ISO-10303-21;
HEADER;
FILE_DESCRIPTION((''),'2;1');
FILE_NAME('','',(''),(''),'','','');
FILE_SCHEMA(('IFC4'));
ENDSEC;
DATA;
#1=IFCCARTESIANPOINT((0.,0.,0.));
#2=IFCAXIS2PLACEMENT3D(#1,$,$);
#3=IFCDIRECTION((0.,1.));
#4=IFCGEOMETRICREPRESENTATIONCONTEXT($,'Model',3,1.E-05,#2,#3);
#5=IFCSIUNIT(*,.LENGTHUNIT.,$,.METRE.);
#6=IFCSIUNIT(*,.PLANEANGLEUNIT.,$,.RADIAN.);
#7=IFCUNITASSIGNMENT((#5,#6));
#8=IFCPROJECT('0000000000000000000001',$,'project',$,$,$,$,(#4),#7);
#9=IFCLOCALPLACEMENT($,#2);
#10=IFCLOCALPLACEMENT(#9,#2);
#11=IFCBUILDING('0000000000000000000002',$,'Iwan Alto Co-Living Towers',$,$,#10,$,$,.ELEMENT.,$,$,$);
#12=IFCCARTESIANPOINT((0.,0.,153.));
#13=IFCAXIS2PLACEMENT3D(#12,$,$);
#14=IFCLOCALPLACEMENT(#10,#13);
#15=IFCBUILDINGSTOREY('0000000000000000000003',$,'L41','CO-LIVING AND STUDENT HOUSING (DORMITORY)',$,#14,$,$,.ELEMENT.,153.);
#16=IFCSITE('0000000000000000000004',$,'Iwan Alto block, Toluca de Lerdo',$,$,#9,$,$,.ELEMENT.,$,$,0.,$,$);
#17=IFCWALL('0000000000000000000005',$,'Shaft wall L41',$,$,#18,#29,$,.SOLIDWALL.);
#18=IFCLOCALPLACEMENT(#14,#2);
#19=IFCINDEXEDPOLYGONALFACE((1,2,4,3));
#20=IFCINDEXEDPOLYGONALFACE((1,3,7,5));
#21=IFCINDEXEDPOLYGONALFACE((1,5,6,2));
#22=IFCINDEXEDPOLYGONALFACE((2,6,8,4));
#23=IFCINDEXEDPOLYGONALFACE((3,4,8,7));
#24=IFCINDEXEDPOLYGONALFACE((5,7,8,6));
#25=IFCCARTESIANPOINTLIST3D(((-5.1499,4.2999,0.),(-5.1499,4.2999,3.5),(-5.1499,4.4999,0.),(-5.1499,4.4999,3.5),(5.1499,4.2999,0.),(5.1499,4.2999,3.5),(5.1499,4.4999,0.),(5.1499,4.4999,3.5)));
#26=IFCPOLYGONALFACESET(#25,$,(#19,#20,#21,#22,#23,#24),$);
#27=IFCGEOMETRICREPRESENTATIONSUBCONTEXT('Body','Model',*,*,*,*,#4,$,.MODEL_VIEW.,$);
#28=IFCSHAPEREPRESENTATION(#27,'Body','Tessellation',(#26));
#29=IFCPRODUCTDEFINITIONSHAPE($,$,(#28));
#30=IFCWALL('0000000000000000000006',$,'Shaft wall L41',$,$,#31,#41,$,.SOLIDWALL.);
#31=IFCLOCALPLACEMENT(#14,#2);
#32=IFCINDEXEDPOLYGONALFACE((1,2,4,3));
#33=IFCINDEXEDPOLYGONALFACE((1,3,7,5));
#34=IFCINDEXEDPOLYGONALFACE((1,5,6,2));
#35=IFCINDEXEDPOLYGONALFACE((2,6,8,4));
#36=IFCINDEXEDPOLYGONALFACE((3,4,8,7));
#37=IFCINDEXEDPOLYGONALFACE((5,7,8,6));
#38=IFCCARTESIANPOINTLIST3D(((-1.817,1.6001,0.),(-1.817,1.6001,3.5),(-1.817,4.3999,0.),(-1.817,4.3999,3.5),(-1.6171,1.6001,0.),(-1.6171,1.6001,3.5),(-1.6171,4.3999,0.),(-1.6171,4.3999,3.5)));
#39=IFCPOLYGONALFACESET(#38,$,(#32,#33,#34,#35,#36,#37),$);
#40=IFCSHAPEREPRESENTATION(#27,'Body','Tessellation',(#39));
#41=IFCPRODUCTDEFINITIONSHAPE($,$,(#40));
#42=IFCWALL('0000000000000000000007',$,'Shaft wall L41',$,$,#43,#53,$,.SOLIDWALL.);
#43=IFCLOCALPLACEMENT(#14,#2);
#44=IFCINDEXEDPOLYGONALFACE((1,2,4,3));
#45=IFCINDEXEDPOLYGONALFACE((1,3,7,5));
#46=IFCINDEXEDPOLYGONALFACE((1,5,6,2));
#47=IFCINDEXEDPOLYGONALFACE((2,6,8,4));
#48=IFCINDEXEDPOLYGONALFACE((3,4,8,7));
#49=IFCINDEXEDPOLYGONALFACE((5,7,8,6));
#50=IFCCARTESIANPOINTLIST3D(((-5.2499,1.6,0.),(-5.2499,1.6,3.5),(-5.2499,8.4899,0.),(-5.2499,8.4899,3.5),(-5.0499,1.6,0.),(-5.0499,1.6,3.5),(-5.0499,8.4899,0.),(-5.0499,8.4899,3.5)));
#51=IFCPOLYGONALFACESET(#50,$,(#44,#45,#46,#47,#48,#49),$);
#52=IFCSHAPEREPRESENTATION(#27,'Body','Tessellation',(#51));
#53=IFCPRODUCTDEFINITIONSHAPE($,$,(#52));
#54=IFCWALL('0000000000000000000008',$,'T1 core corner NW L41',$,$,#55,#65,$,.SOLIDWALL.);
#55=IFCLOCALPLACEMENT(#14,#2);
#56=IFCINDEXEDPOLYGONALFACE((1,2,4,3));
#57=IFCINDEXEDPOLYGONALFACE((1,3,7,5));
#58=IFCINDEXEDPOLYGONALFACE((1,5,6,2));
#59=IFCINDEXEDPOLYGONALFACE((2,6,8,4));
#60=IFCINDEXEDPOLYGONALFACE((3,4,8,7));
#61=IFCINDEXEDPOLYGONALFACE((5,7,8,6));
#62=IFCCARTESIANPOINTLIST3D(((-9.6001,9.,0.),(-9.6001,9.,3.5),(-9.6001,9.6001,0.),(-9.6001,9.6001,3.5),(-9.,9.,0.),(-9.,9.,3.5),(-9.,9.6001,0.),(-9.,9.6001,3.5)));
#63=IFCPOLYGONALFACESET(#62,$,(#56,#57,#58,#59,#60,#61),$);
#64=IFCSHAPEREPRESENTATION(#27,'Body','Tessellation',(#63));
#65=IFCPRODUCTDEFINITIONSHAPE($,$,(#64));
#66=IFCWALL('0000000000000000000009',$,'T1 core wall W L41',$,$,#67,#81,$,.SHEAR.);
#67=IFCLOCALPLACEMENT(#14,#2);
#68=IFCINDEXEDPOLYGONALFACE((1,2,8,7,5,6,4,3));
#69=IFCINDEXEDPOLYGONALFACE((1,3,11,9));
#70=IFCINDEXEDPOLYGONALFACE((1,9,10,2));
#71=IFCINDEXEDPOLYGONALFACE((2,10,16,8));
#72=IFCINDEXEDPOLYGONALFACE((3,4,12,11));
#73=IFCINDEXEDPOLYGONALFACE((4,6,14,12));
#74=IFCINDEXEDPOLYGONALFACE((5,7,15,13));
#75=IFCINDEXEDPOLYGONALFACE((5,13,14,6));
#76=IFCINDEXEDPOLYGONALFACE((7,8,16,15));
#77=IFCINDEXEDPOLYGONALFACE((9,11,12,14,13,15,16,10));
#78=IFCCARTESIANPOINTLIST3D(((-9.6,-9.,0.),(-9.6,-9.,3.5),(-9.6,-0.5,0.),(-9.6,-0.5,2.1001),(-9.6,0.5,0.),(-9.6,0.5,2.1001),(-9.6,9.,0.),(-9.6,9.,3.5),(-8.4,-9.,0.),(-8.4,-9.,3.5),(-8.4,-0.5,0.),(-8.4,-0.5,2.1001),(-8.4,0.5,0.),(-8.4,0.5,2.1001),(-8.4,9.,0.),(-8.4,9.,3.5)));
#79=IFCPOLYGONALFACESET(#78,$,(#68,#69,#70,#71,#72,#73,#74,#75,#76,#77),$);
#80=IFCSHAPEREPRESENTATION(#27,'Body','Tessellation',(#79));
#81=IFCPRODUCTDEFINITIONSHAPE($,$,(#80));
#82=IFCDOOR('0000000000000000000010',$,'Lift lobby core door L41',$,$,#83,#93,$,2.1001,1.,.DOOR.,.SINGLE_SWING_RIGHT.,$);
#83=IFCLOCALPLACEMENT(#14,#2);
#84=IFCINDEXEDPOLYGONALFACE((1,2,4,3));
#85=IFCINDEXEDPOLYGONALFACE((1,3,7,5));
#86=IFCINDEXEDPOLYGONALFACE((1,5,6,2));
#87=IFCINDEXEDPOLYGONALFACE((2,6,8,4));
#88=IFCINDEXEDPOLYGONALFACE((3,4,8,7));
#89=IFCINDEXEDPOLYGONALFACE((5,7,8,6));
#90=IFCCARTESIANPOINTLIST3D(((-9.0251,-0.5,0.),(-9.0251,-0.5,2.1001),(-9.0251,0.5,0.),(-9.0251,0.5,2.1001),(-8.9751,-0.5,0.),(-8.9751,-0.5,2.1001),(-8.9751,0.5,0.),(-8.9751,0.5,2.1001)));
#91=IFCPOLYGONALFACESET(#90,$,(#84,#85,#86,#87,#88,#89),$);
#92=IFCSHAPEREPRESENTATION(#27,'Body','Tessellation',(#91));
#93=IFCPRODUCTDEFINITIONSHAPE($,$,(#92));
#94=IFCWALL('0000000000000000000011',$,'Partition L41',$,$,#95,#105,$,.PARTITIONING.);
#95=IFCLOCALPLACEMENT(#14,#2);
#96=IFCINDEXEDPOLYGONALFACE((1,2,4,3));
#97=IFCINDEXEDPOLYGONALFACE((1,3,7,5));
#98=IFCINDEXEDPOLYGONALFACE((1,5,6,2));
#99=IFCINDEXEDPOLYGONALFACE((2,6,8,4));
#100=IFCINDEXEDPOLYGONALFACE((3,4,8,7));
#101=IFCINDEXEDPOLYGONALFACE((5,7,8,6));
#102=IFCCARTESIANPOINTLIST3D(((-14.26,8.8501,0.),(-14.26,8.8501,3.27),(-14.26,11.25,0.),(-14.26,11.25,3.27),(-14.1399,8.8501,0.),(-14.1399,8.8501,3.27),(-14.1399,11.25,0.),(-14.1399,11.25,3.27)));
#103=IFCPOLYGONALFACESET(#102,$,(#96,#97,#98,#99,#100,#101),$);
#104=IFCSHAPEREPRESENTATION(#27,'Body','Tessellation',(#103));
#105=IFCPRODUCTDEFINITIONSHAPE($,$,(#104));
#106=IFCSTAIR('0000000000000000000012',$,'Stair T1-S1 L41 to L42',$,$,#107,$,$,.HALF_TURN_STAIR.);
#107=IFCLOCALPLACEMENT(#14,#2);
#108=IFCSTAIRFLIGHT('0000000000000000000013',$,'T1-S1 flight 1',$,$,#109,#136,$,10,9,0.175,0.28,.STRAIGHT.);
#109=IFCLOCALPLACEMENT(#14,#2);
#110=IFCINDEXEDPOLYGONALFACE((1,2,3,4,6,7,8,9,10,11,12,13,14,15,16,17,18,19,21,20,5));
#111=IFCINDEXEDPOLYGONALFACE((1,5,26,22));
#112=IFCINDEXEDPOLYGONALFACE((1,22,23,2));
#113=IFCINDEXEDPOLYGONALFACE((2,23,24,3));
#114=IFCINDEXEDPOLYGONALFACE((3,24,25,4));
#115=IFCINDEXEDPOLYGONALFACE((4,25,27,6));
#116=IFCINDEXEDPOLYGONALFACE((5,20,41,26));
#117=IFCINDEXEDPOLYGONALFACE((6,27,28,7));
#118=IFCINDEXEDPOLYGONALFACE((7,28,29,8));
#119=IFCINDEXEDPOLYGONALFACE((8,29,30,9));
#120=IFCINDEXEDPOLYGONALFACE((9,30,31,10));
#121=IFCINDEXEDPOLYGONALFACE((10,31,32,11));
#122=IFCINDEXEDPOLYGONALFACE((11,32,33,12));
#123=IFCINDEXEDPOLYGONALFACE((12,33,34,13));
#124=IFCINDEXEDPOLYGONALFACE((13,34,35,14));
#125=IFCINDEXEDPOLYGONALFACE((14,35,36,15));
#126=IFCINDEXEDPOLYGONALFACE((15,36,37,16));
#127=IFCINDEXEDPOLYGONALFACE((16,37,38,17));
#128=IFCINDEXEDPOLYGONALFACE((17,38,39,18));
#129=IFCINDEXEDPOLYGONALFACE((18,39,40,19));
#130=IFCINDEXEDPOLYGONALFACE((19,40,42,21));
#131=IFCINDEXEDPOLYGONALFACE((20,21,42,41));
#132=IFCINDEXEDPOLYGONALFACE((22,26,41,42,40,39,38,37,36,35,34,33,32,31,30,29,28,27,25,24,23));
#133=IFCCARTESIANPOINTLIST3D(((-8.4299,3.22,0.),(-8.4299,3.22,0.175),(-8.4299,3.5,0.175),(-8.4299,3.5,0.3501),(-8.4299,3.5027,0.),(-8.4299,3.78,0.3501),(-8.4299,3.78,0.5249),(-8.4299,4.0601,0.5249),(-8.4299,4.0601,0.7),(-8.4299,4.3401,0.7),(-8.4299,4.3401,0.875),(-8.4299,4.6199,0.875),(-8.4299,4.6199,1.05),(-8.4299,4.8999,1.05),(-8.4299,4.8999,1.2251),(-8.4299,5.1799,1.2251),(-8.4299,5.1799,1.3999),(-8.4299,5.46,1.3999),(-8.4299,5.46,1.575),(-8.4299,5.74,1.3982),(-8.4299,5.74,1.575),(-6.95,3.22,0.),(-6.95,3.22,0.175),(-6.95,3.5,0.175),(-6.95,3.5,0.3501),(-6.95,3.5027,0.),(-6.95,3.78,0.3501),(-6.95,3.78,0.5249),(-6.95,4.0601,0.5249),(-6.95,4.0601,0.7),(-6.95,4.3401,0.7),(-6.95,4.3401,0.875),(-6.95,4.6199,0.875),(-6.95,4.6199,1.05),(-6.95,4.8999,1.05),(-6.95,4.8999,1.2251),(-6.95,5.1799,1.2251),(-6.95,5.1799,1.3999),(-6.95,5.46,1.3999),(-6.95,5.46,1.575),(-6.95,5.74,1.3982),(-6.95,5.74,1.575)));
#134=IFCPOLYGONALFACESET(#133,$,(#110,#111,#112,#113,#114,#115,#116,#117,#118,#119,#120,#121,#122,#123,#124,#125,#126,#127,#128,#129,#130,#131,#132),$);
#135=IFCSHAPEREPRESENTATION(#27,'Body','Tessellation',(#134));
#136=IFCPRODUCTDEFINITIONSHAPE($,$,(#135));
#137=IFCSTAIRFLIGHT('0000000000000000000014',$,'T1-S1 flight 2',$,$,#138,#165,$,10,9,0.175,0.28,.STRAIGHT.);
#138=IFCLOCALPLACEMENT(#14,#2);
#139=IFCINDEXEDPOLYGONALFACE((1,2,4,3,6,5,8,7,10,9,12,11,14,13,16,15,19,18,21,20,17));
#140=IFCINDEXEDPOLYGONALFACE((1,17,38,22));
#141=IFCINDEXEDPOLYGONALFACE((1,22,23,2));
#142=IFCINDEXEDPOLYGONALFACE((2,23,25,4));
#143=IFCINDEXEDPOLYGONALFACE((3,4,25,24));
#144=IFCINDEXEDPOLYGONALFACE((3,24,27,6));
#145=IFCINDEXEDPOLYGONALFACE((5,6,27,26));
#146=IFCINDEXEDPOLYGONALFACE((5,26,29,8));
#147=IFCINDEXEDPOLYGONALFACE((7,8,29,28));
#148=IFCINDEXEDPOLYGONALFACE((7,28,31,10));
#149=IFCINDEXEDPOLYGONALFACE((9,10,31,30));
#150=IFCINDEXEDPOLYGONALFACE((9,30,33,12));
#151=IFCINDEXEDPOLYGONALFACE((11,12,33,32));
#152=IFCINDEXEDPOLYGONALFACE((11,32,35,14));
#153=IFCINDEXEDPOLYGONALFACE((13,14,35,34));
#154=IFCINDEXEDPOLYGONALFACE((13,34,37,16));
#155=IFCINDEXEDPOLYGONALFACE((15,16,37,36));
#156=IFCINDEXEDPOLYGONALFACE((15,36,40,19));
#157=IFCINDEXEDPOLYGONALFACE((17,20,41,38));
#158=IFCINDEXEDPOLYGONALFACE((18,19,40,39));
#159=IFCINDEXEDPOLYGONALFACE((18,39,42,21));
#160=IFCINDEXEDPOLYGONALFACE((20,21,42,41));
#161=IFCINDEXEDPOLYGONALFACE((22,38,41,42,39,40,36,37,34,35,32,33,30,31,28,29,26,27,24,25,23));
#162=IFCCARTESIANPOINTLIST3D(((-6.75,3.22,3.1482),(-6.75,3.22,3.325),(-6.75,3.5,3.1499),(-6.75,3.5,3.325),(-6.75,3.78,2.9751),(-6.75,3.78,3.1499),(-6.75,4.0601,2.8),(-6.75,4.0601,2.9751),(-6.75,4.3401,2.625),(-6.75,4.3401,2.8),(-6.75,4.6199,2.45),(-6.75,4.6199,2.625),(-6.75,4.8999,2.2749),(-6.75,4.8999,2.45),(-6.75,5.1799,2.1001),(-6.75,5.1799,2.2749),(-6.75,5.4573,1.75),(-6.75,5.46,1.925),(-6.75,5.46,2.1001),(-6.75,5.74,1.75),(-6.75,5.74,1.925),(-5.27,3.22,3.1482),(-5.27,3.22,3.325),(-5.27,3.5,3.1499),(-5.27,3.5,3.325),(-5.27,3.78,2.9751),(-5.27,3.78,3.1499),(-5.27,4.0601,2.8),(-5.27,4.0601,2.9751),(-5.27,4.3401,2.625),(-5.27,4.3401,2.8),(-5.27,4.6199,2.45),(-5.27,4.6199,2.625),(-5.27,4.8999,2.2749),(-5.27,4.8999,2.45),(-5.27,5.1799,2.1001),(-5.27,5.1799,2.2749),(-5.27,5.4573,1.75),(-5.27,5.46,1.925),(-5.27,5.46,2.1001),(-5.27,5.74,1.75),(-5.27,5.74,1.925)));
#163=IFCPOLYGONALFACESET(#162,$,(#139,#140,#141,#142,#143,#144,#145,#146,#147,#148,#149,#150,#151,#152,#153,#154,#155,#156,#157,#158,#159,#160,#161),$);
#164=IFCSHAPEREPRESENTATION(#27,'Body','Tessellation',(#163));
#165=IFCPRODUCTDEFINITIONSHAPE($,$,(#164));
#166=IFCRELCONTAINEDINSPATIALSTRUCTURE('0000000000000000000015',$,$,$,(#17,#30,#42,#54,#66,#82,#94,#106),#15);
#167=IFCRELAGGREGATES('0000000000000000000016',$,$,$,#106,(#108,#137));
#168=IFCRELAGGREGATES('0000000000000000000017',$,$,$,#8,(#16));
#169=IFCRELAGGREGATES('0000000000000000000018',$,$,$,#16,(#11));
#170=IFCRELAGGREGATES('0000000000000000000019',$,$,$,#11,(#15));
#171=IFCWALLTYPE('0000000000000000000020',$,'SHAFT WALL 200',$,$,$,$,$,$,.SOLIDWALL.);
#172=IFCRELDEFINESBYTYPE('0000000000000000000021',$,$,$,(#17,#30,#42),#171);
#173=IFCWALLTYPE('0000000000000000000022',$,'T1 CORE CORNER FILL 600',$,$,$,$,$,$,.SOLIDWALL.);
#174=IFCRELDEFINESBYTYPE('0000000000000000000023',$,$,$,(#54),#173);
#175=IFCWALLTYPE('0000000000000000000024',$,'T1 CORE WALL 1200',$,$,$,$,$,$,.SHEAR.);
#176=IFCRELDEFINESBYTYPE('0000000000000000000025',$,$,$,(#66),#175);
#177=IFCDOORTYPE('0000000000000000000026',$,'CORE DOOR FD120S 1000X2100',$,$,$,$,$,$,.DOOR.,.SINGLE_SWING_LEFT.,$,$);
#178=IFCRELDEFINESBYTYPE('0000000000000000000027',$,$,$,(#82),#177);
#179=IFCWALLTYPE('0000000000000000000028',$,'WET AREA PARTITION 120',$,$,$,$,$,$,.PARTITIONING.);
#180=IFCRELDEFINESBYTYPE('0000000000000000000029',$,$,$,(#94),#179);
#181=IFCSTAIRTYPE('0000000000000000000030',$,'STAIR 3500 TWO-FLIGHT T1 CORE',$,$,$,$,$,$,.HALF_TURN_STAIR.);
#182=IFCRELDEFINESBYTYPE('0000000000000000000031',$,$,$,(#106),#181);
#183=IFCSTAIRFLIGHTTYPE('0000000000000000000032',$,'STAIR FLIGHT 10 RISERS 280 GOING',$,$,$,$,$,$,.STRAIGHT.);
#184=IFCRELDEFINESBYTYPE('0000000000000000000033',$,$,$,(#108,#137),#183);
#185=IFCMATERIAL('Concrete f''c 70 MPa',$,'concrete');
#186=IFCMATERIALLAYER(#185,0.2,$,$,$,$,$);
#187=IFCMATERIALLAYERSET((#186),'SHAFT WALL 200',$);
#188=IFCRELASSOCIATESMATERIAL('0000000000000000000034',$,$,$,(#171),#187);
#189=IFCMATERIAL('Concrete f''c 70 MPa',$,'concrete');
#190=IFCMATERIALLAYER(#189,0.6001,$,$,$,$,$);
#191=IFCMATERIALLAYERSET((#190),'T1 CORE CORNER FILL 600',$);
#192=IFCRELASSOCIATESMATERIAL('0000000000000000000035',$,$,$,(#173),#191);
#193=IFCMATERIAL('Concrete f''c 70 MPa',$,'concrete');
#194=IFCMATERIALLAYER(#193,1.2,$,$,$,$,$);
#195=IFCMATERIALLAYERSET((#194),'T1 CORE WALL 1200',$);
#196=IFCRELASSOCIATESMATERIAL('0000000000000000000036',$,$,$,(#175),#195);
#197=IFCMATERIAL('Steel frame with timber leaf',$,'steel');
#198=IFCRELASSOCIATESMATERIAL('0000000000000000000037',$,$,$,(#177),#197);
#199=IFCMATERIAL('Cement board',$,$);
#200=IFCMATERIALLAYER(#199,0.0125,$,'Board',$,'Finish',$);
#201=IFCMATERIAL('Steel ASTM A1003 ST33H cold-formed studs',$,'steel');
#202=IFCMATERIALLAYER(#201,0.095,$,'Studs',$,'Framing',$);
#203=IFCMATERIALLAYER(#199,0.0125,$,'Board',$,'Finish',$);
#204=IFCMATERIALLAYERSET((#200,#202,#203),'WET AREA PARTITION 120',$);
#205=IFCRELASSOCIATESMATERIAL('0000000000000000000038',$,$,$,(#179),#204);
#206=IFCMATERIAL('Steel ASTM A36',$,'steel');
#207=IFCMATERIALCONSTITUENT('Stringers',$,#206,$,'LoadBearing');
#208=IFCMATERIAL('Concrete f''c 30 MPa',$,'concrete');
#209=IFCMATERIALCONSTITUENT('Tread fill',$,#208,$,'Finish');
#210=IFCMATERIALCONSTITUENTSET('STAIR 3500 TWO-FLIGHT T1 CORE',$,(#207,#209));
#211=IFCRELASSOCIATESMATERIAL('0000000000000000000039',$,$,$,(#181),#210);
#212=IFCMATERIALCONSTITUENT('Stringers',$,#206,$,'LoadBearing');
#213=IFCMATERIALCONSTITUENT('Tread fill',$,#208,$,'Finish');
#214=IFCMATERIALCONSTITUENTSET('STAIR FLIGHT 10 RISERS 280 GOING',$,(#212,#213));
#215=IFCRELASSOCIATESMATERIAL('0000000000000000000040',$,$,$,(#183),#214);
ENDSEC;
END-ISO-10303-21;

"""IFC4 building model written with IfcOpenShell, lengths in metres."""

from ifc_helpers import new_model, si_unit, direction, frame, frame_2d, origin, place, context, subcontext, project, spatial, polyline, rectangle, outline, extrude, material, layer, layer_set, constituent, constituent_set, type_object, element, fill, aggregate, save


model = new_model("IFC4")

# Units and contexts
model_context = context("Model", 3, precision=1e-05, world=origin(), true_north=direction((0.0, 1.0)))
body_context = subcontext(model_context, "Body", "Model", "MODEL_VIEW")
ifc_project = project(units=[si_unit("LENGTHUNIT", "METRE"), si_unit("PLANEANGLEUNIT", "RADIAN")], contexts=[model_context])

# Site, building, storey
site_placement = place(None, origin())
site = spatial("IfcSite", under=ifc_project, at=site_placement, Name="Iwan Alto block, Toluca de Lerdo", CompositionType="ELEMENT", RefElevation=0.0)
building_placement = place(site_placement, origin())
building = spatial("IfcBuilding", under=site, at=building_placement, Name="Iwan Alto Co-Living Towers", CompositionType="ELEMENT")
storey_placement = place(building_placement, frame((0.0, 0.0, 153.0)))
storey = spatial("IfcBuildingStorey", under=building, at=storey_placement, Name="L41", Description="CO-LIVING AND STUDENT HOUSING (DORMITORY)", CompositionType="ELEMENT", Elevation=153.0)

# Shared definitions
ifc_material_1 = material(Name="Steel ASTM A1003 ST33H cold-formed studs", Category="steel")

# Shared definitions
ifc_material_2 = material(Name="Concrete f'c 70 MPa", Category="concrete")
ifc_layer_1 = layer(ifc_material_2, 0.2)
ifc_layer_set_1 = layer_set([ifc_layer_1], Name="SHAFT WALL 200")
wall_type_1 = type_object("IfcWallType", Name="SHAFT WALL 200", PredefinedType="SOLIDWALL", material=ifc_layer_set_1)

# Walls
wall_1_placement = place(storey_placement, frame((-5.1499, 4.3999, 0.0), z_axis=(0.0, 0.0, 1.0), x_axis=(1.0, 0.0, 0.0)))
element("IfcWall", 1, at=wall_1_placement, inside=storey, type_object=wall_type_1, Name="Shaft wall L41", PredefinedType="SOLIDWALL", context=body_context, shape_type="SweptSolid", body=[
    extrude(rectangle(XDim=10.2998, YDim=0.2, at=frame_2d((5.1499, 0.0))), origin(), (0.0, 0.0, 1.0), 3.5),
])
wall_2_placement = place(storey_placement, frame((-1.717, 1.6001, 0.0), z_axis=(0.0, 0.0, 1.0), x_axis=(0.0, 1.0, 0.0)))
element("IfcWall", 2, at=wall_2_placement, inside=storey, type_object=wall_type_1, Name="Shaft wall L41", PredefinedType="SOLIDWALL", context=body_context, shape_type="SweptSolid", body=[
    extrude(rectangle(XDim=2.7998, YDim=0.2, at=frame_2d((1.3999, 0.0))), origin(), (0.0, 0.0, 1.0), 3.5),
])
wall_3_placement = place(storey_placement, frame((-5.1499, 1.6001, 0.0), z_axis=(0.0, 0.0, 1.0), x_axis=(0.0, 1.0, 0.0)))
element("IfcWall", 3, at=wall_3_placement, inside=storey, type_object=wall_type_1, Name="Shaft wall L41", PredefinedType="SOLIDWALL", context=body_context, shape_type="SweptSolid", body=[
    extrude(rectangle(XDim=6.8899, YDim=0.2, at=frame_2d((3.4448, 0.0))), origin(), (0.0, 0.0, 1.0), 3.5),
])
ifc_material_3 = material(Name="Concrete f'c 70 MPa", Category="concrete")
ifc_layer_2 = layer(ifc_material_3, 0.6001)
ifc_layer_set_2 = layer_set([ifc_layer_2], Name="T1 CORE CORNER FILL 600")
wall_type_2 = type_object("IfcWallType", Name="T1 CORE CORNER FILL 600", PredefinedType="SOLIDWALL", material=ifc_layer_set_2)
wall_4_placement = place(storey_placement, frame((-9.6001, 9.3, 0.0), z_axis=(0.0, 0.0, 1.0), x_axis=(1.0, 0.0, 0.0)))
element("IfcWall", 4, at=wall_4_placement, inside=storey, type_object=wall_type_2, Name="T1 core corner NW L41", PredefinedType="SOLIDWALL", context=body_context, shape_type="SweptSolid", body=[
    extrude(rectangle(XDim=0.6001, YDim=0.6001, at=frame_2d((0.3, 0.0))), origin(), (0.0, 0.0, 1.0), 3.5),
])

# Wall, opening, door
ifc_material_4 = material(Name="Concrete f'c 70 MPa", Category="concrete")
ifc_layer_3 = layer(ifc_material_4, 1.2)
ifc_layer_set_3 = layer_set([ifc_layer_3], Name="T1 CORE WALL 1200")
wall_type_3 = type_object("IfcWallType", Name="T1 CORE WALL 1200", PredefinedType="SHEAR", material=ifc_layer_set_3)
wall_5_placement = place(storey_placement, frame((-9.0, 9.0, 0.0), z_axis=(0.0, 0.0, 1.0), x_axis=(0.0, -1.0, 0.0)))
wall_5 = element("IfcWall", 5, at=wall_5_placement, inside=storey, type_object=wall_type_3, Name="T1 core wall W L41", PredefinedType="SHEAR", context=body_context, shape_type="SweptSolid", body=[
    extrude(rectangle(XDim=18.0, YDim=1.2, at=frame_2d((9.0, 0.0))), origin(), (0.0, 0.0, 1.0), 3.5),
])
opening_1_placement = place(wall_5_placement, frame((8.5, 0.0, 0.0)))
opening_1 = element("IfcOpeningElement", 6, at=opening_1_placement, cuts=wall_5, PredefinedType="OPENING", context=body_context, shape_type="SweptSolid", body=[
    extrude(rectangle(XDim=1.0, YDim=2.1001, at=frame_2d((0.5, 1.05))), frame((0.0, 0.6099, 0.0), z_axis=(0.0, -1.0, 0.0), x_axis=(1.0, 0.0, 0.0)), (0.0, 0.0, 1.0), 1.22),
])
ifc_material_5 = material(Name="Steel frame with timber leaf", Category="steel")
door_type_1 = type_object("IfcDoorType", Name="CORE DOOR FD120S 1000X2100", OperationType="SINGLE_SWING_LEFT", PredefinedType="DOOR", material=ifc_material_5)
door_1_placement = place(opening_1_placement, origin())
door_1 = element("IfcDoor", 7, at=door_1_placement, inside=storey, type_object=door_type_1, Name="Lift lobby core door L41", OperationType="SINGLE_SWING_RIGHT", OverallHeight=2.1001, OverallWidth=1.0, PredefinedType="DOOR", context=body_context, shape_type="SweptSolid", body=[
    extrude(rectangle(XDim=1.0, YDim=2.1001, at=frame_2d((0.5, 1.05))), frame((0.0, 0.0249, 0.0), z_axis=(0.0, -1.0, 0.0), x_axis=(1.0, 0.0, 0.0)), (0.0, 0.0, 1.0), 0.05),
])
fill(opening_1, door_1)

# Wall
ifc_material_6 = material(Name="Cement board")
ifc_layer_4 = layer(ifc_material_6, 0.0125, Name="Board", Category="Finish")
ifc_layer_5 = layer(ifc_material_1, 0.095, Name="Studs", Category="Framing")
ifc_layer_6 = layer(ifc_material_6, 0.0125, Name="Board", Category="Finish")
ifc_layer_set_4 = layer_set([ifc_layer_4, ifc_layer_5, ifc_layer_6], Name="WET AREA PARTITION 120")
wall_type_4 = type_object("IfcWallType", Name="WET AREA PARTITION 120", PredefinedType="PARTITIONING", material=ifc_layer_set_4)
wall_6_placement = place(storey_placement, frame((-14.2, 8.8501, 0.0), z_axis=(0.0, 0.0, 1.0), x_axis=(0.0, 1.0, 0.0)))
element("IfcWall", 8, at=wall_6_placement, inside=storey, type_object=wall_type_4, Name="Partition L41", PredefinedType="PARTITIONING", context=body_context, shape_type="SweptSolid", body=[
    extrude(rectangle(XDim=2.3999, YDim=0.1201, at=frame_2d((1.2, 0.0))), origin(), (0.0, 0.0, 1.0), 3.27),
])

# Stair, stair flights
ifc_material_7 = material(Name="Steel ASTM A36", Category="steel")
ifc_constituent_1 = constituent(ifc_material_7, Name="Stringers", Category="LoadBearing")
ifc_material_8 = material(Name="Concrete f'c 30 MPa", Category="concrete")
ifc_constituent_2 = constituent(ifc_material_8, Name="Tread fill", Category="Finish")
ifc_constituent_set_1 = constituent_set(constituents=[ifc_constituent_1, ifc_constituent_2], Name="STAIR 3500 TWO-FLIGHT T1 CORE")
stair_type = type_object("IfcStairType", Name="STAIR 3500 TWO-FLIGHT T1 CORE", PredefinedType="HALF_TURN_STAIR", material=ifc_constituent_set_1)
stair_placement = place(storey_placement, origin())
stair = element("IfcStair", 9, at=stair_placement, inside=storey, type_object=stair_type, Name="Stair T1-S1 L41 to L42", PredefinedType="HALF_TURN_STAIR")
ifc_constituent_3 = constituent(ifc_material_7, Name="Stringers", Category="LoadBearing")
ifc_constituent_4 = constituent(ifc_material_8, Name="Tread fill", Category="Finish")
ifc_constituent_set_2 = constituent_set(constituents=[ifc_constituent_3, ifc_constituent_4], Name="STAIR FLIGHT 10 RISERS 280 GOING")
stair_flight_type = type_object("IfcStairFlightType", Name="STAIR FLIGHT 10 RISERS 280 GOING", PredefinedType="STRAIGHT", material=ifc_constituent_set_2)
stair_flight_1_placement = place(storey_placement, frame((-7.6899, 3.22, 0.0), z_axis=(0.0, 0.0, 1.0), x_axis=(0.0, 1.0, 0.0)))
stair_flight_1 = element("IfcStairFlight", 10, at=stair_flight_1_placement, type_object=stair_flight_type, Name="T1-S1 flight 1", NumberOfRisers=10, NumberOfTreads=9, PredefinedType="STRAIGHT", RiserHeight=0.175, TreadLength=0.28, context=body_context, shape_type="SweptSolid", body=[
    extrude(outline(polyline([(0.0, 0.0), (0.0, 0.175), (0.28, 0.175), (0.28, 0.3501), (0.5601, 0.3501), (0.5601, 0.5249), (0.8401, 0.5249), (0.8401, 0.7), (1.1201, 0.7), (1.1201, 0.875), (1.3999, 0.875), (1.3999, 1.05), (1.6799, 1.05), (1.6799, 1.2251), (1.96, 1.2251), (1.96, 1.3999), (2.24, 1.3999), (2.24, 1.575), (2.52, 1.575), (2.52, 1.75), (2.52, 1.3982), (0.2827, 0.0), (0.0, 0.0)])), frame((0.0, 0.74, 0.0), z_axis=(0.0, -1.0, 0.0), x_axis=(1.0, 0.0, 0.0)), (0.0, 0.0, 1.0), 1.48),
])
stair_flight_2_placement = place(storey_placement, frame((-6.01, 5.74, 1.75), z_axis=(0.0, 0.0, 1.0), x_axis=(0.0, -1.0, 0.0)))
stair_flight_2 = element("IfcStairFlight", 11, at=stair_flight_2_placement, type_object=stair_flight_type, Name="T1-S1 flight 2", NumberOfRisers=10, NumberOfTreads=9, PredefinedType="STRAIGHT", RiserHeight=0.175, TreadLength=0.28, context=body_context, shape_type="SweptSolid", body=[
    extrude(outline(polyline([(0.0, 0.0), (0.0, 0.175), (0.28, 0.175), (0.28, 0.3501), (0.5601, 0.3501), (0.5601, 0.5249), (0.8401, 0.5249), (0.8401, 0.7), (1.1201, 0.7), (1.1201, 0.875), (1.3999, 0.875), (1.3999, 1.05), (1.6799, 1.05), (1.6799, 1.2251), (1.96, 1.2251), (1.96, 1.3999), (2.24, 1.3999), (2.24, 1.575), (2.52, 1.575), (2.52, 1.75), (2.52, 1.3982), (0.2827, 0.0), (0.0, 0.0)])), frame((0.0, 0.74, 0.0), z_axis=(0.0, -1.0, 0.0), x_axis=(1.0, 0.0, 0.0)), (0.0, 0.0, 1.0), 1.48),
])
aggregate(stair, [stair_flight_1, stair_flight_2])

save(model, "model.ifc")
